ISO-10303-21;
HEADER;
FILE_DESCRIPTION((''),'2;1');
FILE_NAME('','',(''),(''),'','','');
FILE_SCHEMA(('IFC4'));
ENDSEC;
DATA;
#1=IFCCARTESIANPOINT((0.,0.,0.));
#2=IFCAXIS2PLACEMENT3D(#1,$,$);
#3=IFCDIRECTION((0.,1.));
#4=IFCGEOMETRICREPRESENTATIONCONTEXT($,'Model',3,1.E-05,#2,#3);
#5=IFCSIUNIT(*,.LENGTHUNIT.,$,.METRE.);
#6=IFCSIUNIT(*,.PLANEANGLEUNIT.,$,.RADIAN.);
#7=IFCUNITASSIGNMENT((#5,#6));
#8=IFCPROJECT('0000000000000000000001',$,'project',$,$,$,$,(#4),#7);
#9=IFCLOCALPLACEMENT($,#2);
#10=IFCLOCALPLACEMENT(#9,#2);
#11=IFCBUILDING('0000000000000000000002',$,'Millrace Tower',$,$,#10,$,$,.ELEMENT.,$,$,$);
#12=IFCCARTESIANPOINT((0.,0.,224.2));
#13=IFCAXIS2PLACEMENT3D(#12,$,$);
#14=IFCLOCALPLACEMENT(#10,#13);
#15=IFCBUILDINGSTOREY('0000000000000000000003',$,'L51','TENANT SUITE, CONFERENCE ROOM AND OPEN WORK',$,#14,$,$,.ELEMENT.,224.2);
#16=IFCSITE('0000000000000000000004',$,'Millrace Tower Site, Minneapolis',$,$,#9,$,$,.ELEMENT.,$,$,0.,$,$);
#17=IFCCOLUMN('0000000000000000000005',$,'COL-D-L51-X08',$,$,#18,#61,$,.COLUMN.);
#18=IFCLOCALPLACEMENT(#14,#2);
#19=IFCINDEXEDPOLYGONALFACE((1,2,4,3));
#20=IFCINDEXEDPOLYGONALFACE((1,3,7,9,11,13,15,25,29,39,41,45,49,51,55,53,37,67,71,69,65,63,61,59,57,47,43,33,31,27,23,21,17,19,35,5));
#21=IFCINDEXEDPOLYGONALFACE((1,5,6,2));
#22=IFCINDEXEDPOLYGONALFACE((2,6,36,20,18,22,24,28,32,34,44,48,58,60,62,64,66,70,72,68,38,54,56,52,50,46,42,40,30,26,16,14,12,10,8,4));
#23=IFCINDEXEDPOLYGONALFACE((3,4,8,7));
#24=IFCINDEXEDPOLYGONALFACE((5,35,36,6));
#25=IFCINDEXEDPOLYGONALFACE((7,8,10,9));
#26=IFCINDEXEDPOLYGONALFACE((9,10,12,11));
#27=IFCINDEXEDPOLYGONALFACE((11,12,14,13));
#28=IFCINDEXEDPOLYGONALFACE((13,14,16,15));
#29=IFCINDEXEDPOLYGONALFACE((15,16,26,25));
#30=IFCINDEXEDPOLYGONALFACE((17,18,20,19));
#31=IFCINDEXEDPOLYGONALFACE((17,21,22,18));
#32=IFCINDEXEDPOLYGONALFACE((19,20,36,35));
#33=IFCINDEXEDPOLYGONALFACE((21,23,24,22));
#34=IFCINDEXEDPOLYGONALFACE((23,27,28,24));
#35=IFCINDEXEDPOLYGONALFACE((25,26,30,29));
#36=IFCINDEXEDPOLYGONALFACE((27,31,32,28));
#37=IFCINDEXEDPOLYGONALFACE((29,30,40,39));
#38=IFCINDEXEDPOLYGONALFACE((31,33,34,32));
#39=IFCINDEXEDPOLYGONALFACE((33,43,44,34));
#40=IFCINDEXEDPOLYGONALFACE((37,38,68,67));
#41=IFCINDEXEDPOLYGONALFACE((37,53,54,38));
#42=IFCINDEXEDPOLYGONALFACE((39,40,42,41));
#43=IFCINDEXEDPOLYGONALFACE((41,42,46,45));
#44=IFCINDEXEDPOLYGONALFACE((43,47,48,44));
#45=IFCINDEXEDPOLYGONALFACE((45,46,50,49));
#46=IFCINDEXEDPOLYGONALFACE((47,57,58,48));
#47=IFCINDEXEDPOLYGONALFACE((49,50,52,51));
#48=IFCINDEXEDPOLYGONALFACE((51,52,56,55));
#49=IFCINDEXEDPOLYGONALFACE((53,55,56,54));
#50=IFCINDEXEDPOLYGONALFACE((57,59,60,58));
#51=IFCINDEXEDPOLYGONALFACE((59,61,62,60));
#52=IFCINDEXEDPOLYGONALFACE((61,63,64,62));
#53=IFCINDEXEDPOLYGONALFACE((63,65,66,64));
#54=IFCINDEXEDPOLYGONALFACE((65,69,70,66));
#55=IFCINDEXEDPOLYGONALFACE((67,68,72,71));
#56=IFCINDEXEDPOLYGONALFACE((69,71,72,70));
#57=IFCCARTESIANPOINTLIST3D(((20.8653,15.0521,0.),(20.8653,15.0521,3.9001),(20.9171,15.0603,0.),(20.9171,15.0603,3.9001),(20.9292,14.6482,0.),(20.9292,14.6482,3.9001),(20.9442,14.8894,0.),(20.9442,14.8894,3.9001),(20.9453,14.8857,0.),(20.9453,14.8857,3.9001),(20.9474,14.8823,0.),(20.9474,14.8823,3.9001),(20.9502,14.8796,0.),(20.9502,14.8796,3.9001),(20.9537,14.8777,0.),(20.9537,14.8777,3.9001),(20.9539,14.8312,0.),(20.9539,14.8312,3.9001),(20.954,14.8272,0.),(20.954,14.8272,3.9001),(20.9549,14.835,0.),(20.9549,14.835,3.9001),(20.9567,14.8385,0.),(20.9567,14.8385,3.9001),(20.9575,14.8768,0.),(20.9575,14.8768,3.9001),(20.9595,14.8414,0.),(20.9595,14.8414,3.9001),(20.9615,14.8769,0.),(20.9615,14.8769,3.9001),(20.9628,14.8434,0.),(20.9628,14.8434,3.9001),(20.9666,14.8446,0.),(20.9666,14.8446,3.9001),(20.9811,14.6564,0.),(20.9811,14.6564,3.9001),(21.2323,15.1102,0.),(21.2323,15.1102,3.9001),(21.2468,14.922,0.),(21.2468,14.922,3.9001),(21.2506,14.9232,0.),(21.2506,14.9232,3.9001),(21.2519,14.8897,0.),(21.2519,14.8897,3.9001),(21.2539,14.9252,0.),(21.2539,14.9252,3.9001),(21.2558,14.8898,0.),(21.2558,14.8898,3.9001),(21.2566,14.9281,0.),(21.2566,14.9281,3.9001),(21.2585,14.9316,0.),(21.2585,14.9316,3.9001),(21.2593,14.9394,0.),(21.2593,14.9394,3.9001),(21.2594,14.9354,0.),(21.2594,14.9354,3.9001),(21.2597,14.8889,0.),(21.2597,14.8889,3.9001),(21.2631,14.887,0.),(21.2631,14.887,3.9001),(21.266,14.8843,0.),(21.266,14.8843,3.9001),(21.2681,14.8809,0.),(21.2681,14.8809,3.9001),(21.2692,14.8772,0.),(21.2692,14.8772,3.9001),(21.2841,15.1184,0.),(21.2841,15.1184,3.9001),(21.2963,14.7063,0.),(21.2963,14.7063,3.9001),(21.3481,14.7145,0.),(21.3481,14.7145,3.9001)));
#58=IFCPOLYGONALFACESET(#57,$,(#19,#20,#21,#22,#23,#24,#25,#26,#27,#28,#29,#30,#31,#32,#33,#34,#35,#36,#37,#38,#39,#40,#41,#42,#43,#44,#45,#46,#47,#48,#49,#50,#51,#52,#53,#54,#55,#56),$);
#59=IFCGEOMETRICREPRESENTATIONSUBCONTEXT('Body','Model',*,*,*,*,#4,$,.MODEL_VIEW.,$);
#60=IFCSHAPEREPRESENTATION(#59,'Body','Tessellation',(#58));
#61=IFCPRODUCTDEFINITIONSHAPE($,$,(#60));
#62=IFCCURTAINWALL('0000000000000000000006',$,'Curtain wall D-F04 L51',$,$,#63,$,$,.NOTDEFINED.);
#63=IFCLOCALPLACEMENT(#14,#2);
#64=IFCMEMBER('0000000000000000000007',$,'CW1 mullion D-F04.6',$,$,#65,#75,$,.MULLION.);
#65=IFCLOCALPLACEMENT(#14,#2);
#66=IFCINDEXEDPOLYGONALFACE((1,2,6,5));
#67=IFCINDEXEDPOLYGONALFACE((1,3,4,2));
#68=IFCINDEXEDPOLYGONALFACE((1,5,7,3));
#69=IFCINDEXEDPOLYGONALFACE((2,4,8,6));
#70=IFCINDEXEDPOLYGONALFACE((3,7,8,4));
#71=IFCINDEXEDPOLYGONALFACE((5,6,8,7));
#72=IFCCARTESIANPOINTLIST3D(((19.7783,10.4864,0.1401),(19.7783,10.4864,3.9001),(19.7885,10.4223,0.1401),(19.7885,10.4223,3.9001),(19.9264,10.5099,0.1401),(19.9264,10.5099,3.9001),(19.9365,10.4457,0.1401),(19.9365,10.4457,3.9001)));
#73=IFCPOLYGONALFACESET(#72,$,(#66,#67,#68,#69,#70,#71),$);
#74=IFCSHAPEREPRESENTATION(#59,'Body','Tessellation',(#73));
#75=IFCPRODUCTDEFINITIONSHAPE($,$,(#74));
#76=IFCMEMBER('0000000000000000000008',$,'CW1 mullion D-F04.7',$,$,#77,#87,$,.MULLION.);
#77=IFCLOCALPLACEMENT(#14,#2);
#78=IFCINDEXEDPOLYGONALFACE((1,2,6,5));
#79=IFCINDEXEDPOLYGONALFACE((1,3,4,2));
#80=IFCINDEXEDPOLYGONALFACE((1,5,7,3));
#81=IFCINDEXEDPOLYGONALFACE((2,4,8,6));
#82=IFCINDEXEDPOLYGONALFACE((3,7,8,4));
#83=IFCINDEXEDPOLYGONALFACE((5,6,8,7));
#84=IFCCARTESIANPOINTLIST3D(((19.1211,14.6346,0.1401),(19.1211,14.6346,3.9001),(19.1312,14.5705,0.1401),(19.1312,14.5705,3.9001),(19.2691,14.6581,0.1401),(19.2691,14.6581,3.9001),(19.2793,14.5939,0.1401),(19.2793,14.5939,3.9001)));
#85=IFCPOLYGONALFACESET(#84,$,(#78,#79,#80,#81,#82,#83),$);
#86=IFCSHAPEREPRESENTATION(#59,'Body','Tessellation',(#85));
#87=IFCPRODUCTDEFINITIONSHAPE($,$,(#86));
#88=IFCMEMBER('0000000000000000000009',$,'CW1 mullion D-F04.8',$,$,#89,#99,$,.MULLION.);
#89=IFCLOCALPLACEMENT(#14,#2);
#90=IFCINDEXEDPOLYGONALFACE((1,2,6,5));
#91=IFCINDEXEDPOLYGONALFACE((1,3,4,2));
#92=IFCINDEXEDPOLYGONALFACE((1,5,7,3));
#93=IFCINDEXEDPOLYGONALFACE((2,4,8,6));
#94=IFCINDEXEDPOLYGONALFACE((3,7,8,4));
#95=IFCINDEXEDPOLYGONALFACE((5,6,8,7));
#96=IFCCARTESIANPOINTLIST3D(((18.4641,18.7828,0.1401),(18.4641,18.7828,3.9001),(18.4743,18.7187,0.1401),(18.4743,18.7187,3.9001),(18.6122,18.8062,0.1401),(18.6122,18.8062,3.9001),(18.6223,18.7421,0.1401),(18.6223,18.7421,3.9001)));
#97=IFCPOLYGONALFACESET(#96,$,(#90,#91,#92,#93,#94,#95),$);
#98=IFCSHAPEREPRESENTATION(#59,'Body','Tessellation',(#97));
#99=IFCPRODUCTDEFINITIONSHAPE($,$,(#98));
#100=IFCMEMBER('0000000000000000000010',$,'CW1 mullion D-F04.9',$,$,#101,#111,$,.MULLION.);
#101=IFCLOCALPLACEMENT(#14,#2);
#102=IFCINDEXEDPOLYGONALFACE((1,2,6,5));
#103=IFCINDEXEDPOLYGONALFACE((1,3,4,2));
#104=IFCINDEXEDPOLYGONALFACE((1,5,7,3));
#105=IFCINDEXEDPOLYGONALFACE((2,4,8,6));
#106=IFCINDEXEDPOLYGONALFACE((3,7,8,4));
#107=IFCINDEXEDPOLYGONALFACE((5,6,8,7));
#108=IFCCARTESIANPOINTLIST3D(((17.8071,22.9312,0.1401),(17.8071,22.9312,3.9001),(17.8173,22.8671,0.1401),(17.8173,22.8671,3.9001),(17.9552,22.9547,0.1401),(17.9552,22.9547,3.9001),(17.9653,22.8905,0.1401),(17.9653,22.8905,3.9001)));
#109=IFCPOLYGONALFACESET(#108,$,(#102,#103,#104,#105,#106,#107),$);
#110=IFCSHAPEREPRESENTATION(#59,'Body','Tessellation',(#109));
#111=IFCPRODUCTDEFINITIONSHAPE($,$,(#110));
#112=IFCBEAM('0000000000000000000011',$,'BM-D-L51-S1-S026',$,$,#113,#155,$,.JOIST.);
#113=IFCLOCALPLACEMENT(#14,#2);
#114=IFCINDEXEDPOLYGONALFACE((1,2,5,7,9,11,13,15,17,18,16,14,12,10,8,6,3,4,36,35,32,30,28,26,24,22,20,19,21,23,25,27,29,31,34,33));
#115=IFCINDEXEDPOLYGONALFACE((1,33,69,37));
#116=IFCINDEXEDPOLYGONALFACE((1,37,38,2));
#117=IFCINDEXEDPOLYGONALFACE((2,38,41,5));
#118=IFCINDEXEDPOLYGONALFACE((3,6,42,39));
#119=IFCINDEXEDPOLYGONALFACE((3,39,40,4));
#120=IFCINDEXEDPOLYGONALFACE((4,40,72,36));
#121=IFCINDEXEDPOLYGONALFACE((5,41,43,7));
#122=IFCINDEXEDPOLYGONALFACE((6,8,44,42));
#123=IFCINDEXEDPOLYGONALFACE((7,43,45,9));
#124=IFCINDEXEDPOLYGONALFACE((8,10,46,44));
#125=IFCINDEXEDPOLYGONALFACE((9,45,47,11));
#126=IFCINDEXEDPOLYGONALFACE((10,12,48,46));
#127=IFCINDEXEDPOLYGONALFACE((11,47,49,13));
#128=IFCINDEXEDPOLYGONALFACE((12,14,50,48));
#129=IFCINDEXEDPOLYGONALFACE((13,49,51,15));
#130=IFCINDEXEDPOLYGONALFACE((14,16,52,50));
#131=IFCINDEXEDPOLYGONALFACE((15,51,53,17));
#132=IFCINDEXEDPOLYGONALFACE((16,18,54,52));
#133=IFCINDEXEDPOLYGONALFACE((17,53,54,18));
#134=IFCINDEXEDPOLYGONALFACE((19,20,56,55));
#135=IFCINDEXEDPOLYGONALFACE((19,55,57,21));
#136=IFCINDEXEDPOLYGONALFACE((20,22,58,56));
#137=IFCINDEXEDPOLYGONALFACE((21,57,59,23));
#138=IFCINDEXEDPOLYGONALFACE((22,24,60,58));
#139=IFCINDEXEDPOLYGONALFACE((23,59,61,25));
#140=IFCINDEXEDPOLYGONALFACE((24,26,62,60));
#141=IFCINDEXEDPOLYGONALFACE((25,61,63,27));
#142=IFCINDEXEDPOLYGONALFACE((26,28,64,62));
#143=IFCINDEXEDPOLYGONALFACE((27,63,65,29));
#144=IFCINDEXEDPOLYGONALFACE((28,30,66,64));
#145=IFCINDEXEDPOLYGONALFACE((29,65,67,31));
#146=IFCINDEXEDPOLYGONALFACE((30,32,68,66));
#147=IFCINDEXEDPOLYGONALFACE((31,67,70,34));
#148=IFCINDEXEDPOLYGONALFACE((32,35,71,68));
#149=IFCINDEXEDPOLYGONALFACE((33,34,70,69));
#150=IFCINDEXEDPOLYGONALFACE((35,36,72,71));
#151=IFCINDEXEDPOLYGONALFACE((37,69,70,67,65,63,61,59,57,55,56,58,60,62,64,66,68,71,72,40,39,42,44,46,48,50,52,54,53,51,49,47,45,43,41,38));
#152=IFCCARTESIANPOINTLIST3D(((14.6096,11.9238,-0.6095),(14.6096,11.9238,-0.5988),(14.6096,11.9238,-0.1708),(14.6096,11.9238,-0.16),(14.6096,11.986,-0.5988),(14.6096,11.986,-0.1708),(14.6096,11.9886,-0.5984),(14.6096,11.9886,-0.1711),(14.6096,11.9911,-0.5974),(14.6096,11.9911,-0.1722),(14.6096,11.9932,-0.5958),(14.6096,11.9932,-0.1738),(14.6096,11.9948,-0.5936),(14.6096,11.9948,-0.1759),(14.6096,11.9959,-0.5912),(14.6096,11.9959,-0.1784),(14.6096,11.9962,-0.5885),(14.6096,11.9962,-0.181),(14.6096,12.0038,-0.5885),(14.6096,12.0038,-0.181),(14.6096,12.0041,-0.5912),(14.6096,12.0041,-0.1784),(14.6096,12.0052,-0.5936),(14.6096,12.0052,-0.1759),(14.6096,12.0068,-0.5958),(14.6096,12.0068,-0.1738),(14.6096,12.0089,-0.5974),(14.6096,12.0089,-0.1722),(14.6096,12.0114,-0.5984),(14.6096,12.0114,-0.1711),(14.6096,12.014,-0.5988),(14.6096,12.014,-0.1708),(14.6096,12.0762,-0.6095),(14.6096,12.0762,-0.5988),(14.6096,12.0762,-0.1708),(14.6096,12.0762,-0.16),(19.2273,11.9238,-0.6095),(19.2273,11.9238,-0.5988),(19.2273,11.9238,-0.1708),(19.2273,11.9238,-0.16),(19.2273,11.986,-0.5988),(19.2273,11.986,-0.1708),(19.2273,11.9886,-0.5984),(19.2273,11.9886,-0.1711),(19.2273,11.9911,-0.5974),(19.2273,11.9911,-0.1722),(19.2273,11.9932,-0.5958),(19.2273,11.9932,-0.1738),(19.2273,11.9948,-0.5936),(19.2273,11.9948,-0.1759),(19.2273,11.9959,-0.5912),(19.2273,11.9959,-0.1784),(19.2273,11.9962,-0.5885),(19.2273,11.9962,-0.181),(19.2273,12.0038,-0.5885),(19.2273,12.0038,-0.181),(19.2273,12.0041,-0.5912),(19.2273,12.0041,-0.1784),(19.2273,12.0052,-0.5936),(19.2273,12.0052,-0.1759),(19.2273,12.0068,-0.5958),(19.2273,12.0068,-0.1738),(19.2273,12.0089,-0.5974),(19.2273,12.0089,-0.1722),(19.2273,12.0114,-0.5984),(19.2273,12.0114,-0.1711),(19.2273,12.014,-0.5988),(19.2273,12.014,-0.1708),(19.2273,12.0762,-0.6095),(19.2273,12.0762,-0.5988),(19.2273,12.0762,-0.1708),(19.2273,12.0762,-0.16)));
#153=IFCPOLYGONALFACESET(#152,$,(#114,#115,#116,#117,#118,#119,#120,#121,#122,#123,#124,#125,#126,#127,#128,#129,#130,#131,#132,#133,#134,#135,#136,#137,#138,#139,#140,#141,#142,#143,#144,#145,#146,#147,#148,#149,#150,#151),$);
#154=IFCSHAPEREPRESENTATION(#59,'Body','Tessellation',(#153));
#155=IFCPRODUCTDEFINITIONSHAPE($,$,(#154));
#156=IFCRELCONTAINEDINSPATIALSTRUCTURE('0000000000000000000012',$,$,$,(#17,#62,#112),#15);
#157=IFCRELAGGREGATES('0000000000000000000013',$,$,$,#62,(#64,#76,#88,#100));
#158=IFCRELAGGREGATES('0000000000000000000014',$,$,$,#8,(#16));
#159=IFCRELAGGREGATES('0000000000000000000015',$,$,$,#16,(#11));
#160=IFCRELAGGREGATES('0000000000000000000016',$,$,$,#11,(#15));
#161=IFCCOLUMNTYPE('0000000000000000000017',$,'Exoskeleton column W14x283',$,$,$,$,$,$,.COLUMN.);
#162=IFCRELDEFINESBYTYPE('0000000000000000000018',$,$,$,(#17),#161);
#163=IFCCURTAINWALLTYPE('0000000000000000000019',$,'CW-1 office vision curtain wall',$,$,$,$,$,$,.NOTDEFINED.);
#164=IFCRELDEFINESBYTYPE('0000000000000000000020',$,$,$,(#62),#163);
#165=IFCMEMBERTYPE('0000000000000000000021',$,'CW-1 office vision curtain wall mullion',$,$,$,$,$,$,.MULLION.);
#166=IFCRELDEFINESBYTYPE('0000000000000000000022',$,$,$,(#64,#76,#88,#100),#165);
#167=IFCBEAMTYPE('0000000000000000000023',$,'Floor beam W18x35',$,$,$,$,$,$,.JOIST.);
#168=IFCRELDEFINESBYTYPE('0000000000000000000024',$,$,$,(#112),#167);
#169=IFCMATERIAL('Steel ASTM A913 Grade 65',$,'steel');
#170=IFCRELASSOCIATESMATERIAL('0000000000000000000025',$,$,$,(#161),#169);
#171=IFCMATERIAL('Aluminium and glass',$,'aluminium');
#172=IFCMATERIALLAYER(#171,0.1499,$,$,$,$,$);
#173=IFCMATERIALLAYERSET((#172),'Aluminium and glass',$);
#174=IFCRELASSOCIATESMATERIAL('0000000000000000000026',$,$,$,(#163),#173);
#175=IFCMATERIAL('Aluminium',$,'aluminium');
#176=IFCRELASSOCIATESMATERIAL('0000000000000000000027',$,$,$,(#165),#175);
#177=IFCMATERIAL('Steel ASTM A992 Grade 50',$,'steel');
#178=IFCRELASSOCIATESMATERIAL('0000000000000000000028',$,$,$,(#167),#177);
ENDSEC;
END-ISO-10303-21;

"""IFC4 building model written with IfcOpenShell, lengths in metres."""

from ifc_helpers import new_model, si_unit, direction, frame, origin, origin_2d, place, context, subcontext, project, spatial, rectangle, i_section, extrude, material, layer, layer_set, material_profile, profile_set, type_object, element, aggregate, save


model = new_model("IFC4")

# Units and contexts
model_context = context("Model", 3, precision=1e-05, world=origin(), true_north=direction((0.0, 1.0)))
body_context = subcontext(model_context, "Body", "Model", "MODEL_VIEW")
ifc_project = project(units=[si_unit("LENGTHUNIT", "METRE"), si_unit("PLANEANGLEUNIT", "RADIAN")], contexts=[model_context])

# Site, building, storey
site_placement = place(None, origin())
site = spatial("IfcSite", under=ifc_project, at=site_placement, Name="Millrace Tower Site, Minneapolis", CompositionType="ELEMENT", RefElevation=0.0)
building_placement = place(site_placement, origin())
building = spatial("IfcBuilding", under=site, at=building_placement, Name="Millrace Tower", CompositionType="ELEMENT")
storey_placement = place(building_placement, frame((0.0, 0.0, 224.2)))
storey = spatial("IfcBuildingStorey", under=building, at=storey_placement, Name="L51", Description="TENANT SUITE, CONFERENCE ROOM AND OPEN WORK", CompositionType="ELEMENT", Elevation=224.2)

# Column
ifc_material_1 = material(Name="Steel ASTM A913 Grade 65", Category="steel")
ifc_material_profile_1 = material_profile(ifc_material_1, i_section(OverallWidth=0.4089, OverallDepth=0.4241, WebThickness=0.0327, FlangeThickness=0.0525, FilletRadius=0.0151, at=origin_2d()))
ifc_profile_set_1 = profile_set([ifc_material_profile_1], Name="Steel ASTM A913 Grade 65")
column_type = type_object("IfcColumnType", Name="Exoskeleton column W14x283", PredefinedType="COLUMN", material=ifc_profile_set_1)
column_placement = place(storey_placement, frame((21.1067, 14.8833, 0.0), z_axis=(0.0, 0.0, 1.0), x_axis=(-0.156434, 0.987688, 0.0)))
element("IfcColumn", 1, at=column_placement, inside=storey, type_object=column_type, Name="COL-D-L51-X08", PredefinedType="COLUMN", context=body_context, shape_type="SweptSolid", body=[
    extrude(i_section(OverallWidth=0.4089, OverallDepth=0.4241, WebThickness=0.0327, FlangeThickness=0.0525, FilletRadius=0.0151, at=origin_2d()), origin(), (0.0, 0.0, 1.0), 3.9001),
])

# Curtain wall, members
ifc_material_2 = material(Name="Aluminium and glass", Category="aluminium")
ifc_layer_1 = layer(ifc_material_2, 0.1499)
ifc_layer_set_1 = layer_set([ifc_layer_1], Name="Aluminium and glass")
curtain_wall_type = type_object("IfcCurtainWallType", Name="CW-1 office vision curtain wall", PredefinedType="NOTDEFINED", material=ifc_layer_set_1)
curtain_wall_placement = place(storey_placement, origin())
curtain_wall = element("IfcCurtainWall", 2, at=curtain_wall_placement, inside=storey, type_object=curtain_wall_type, Name="Curtain wall D-F04 L51", PredefinedType="NOTDEFINED")
ifc_material_3 = material(Name="Aluminium", Category="aluminium")
ifc_material_profile_2 = material_profile(ifc_material_3, rectangle(XDim=0.0649, YDim=0.1499, at=origin_2d()))
ifc_profile_set_2 = profile_set([ifc_material_profile_2], Name="Aluminium")
member_type = type_object("IfcMemberType", Name="CW-1 office vision curtain wall mullion", PredefinedType="MULLION", material=ifc_profile_set_2)
member_1_placement = place(storey_placement, frame((19.8574, 10.4661, 0.1401), z_axis=(0.0, 0.0, 1.0), x_axis=(-0.156434, 0.987688, 0.0)))
member_1 = element("IfcMember", 3, at=member_1_placement, type_object=member_type, Name="CW1 mullion D-F04.6", PredefinedType="MULLION", context=body_context, shape_type="SweptSolid", body=[
    extrude(rectangle(XDim=0.0649, YDim=0.1499, at=origin_2d()), origin(), (0.0, 0.0, 1.0), 3.76),
])
member_2_placement = place(storey_placement, frame((19.2002, 14.6143, 0.1401), z_axis=(0.0, 0.0, 1.0), x_axis=(-0.156434, 0.987688, 0.0)))
member_2 = element("IfcMember", 4, at=member_2_placement, type_object=member_type, Name="CW1 mullion D-F04.7", PredefinedType="MULLION", context=body_context, shape_type="SweptSolid", body=[
    extrude(rectangle(XDim=0.0649, YDim=0.1499, at=origin_2d()), origin(), (0.0, 0.0, 1.0), 3.76),
])
member_3_placement = place(storey_placement, frame((18.5432, 18.7625, 0.1401), z_axis=(0.0, 0.0, 1.0), x_axis=(-0.156434, 0.987688, 0.0)))
member_3 = element("IfcMember", 5, at=member_3_placement, type_object=member_type, Name="CW1 mullion D-F04.8", PredefinedType="MULLION", context=body_context, shape_type="SweptSolid", body=[
    extrude(rectangle(XDim=0.0649, YDim=0.1499, at=origin_2d()), origin(), (0.0, 0.0, 1.0), 3.76),
])
member_4_placement = place(storey_placement, frame((17.8862, 22.9109, 0.1401), z_axis=(0.0, 0.0, 1.0), x_axis=(-0.156434, 0.987688, 0.0)))
member_4 = element("IfcMember", 6, at=member_4_placement, type_object=member_type, Name="CW1 mullion D-F04.9", PredefinedType="MULLION", context=body_context, shape_type="SweptSolid", body=[
    extrude(rectangle(XDim=0.0649, YDim=0.1499, at=origin_2d()), origin(), (0.0, 0.0, 1.0), 3.76),
])
aggregate(curtain_wall, [member_1, member_2, member_3, member_4])

# Beam
ifc_material_4 = material(Name="Steel ASTM A992 Grade 50", Category="steel")
ifc_material_profile_3 = material_profile(ifc_material_4, i_section(OverallWidth=0.1523, OverallDepth=0.4495, WebThickness=0.0076, FlangeThickness=0.0107, FilletRadius=0.0103, at=origin_2d()))
ifc_profile_set_3 = profile_set([ifc_material_profile_3], Name="Steel ASTM A992 Grade 50")
beam_type_1 = type_object("IfcBeamType", Name="Floor beam W18x35", PredefinedType="JOIST", material=ifc_profile_set_3)
beam_1_placement = place(storey_placement, frame((14.6096, 12.0, -0.3848), z_axis=(1.0, 0.0, 0.0), x_axis=(0.0, 1.0, 0.0)))
element("IfcBeam", 7, at=beam_1_placement, inside=storey, type_object=beam_type_1, Name="BM-D-L51-S1-S026", PredefinedType="JOIST", context=body_context, shape_type="SweptSolid", body=[
    extrude(i_section(OverallWidth=0.1523, OverallDepth=0.4495, WebThickness=0.0076, FlangeThickness=0.0107, FilletRadius=0.0103, at=origin_2d()), origin(), (0.0, 0.0, 1.0), 4.6177),
])

save(model, "model.ifc")
